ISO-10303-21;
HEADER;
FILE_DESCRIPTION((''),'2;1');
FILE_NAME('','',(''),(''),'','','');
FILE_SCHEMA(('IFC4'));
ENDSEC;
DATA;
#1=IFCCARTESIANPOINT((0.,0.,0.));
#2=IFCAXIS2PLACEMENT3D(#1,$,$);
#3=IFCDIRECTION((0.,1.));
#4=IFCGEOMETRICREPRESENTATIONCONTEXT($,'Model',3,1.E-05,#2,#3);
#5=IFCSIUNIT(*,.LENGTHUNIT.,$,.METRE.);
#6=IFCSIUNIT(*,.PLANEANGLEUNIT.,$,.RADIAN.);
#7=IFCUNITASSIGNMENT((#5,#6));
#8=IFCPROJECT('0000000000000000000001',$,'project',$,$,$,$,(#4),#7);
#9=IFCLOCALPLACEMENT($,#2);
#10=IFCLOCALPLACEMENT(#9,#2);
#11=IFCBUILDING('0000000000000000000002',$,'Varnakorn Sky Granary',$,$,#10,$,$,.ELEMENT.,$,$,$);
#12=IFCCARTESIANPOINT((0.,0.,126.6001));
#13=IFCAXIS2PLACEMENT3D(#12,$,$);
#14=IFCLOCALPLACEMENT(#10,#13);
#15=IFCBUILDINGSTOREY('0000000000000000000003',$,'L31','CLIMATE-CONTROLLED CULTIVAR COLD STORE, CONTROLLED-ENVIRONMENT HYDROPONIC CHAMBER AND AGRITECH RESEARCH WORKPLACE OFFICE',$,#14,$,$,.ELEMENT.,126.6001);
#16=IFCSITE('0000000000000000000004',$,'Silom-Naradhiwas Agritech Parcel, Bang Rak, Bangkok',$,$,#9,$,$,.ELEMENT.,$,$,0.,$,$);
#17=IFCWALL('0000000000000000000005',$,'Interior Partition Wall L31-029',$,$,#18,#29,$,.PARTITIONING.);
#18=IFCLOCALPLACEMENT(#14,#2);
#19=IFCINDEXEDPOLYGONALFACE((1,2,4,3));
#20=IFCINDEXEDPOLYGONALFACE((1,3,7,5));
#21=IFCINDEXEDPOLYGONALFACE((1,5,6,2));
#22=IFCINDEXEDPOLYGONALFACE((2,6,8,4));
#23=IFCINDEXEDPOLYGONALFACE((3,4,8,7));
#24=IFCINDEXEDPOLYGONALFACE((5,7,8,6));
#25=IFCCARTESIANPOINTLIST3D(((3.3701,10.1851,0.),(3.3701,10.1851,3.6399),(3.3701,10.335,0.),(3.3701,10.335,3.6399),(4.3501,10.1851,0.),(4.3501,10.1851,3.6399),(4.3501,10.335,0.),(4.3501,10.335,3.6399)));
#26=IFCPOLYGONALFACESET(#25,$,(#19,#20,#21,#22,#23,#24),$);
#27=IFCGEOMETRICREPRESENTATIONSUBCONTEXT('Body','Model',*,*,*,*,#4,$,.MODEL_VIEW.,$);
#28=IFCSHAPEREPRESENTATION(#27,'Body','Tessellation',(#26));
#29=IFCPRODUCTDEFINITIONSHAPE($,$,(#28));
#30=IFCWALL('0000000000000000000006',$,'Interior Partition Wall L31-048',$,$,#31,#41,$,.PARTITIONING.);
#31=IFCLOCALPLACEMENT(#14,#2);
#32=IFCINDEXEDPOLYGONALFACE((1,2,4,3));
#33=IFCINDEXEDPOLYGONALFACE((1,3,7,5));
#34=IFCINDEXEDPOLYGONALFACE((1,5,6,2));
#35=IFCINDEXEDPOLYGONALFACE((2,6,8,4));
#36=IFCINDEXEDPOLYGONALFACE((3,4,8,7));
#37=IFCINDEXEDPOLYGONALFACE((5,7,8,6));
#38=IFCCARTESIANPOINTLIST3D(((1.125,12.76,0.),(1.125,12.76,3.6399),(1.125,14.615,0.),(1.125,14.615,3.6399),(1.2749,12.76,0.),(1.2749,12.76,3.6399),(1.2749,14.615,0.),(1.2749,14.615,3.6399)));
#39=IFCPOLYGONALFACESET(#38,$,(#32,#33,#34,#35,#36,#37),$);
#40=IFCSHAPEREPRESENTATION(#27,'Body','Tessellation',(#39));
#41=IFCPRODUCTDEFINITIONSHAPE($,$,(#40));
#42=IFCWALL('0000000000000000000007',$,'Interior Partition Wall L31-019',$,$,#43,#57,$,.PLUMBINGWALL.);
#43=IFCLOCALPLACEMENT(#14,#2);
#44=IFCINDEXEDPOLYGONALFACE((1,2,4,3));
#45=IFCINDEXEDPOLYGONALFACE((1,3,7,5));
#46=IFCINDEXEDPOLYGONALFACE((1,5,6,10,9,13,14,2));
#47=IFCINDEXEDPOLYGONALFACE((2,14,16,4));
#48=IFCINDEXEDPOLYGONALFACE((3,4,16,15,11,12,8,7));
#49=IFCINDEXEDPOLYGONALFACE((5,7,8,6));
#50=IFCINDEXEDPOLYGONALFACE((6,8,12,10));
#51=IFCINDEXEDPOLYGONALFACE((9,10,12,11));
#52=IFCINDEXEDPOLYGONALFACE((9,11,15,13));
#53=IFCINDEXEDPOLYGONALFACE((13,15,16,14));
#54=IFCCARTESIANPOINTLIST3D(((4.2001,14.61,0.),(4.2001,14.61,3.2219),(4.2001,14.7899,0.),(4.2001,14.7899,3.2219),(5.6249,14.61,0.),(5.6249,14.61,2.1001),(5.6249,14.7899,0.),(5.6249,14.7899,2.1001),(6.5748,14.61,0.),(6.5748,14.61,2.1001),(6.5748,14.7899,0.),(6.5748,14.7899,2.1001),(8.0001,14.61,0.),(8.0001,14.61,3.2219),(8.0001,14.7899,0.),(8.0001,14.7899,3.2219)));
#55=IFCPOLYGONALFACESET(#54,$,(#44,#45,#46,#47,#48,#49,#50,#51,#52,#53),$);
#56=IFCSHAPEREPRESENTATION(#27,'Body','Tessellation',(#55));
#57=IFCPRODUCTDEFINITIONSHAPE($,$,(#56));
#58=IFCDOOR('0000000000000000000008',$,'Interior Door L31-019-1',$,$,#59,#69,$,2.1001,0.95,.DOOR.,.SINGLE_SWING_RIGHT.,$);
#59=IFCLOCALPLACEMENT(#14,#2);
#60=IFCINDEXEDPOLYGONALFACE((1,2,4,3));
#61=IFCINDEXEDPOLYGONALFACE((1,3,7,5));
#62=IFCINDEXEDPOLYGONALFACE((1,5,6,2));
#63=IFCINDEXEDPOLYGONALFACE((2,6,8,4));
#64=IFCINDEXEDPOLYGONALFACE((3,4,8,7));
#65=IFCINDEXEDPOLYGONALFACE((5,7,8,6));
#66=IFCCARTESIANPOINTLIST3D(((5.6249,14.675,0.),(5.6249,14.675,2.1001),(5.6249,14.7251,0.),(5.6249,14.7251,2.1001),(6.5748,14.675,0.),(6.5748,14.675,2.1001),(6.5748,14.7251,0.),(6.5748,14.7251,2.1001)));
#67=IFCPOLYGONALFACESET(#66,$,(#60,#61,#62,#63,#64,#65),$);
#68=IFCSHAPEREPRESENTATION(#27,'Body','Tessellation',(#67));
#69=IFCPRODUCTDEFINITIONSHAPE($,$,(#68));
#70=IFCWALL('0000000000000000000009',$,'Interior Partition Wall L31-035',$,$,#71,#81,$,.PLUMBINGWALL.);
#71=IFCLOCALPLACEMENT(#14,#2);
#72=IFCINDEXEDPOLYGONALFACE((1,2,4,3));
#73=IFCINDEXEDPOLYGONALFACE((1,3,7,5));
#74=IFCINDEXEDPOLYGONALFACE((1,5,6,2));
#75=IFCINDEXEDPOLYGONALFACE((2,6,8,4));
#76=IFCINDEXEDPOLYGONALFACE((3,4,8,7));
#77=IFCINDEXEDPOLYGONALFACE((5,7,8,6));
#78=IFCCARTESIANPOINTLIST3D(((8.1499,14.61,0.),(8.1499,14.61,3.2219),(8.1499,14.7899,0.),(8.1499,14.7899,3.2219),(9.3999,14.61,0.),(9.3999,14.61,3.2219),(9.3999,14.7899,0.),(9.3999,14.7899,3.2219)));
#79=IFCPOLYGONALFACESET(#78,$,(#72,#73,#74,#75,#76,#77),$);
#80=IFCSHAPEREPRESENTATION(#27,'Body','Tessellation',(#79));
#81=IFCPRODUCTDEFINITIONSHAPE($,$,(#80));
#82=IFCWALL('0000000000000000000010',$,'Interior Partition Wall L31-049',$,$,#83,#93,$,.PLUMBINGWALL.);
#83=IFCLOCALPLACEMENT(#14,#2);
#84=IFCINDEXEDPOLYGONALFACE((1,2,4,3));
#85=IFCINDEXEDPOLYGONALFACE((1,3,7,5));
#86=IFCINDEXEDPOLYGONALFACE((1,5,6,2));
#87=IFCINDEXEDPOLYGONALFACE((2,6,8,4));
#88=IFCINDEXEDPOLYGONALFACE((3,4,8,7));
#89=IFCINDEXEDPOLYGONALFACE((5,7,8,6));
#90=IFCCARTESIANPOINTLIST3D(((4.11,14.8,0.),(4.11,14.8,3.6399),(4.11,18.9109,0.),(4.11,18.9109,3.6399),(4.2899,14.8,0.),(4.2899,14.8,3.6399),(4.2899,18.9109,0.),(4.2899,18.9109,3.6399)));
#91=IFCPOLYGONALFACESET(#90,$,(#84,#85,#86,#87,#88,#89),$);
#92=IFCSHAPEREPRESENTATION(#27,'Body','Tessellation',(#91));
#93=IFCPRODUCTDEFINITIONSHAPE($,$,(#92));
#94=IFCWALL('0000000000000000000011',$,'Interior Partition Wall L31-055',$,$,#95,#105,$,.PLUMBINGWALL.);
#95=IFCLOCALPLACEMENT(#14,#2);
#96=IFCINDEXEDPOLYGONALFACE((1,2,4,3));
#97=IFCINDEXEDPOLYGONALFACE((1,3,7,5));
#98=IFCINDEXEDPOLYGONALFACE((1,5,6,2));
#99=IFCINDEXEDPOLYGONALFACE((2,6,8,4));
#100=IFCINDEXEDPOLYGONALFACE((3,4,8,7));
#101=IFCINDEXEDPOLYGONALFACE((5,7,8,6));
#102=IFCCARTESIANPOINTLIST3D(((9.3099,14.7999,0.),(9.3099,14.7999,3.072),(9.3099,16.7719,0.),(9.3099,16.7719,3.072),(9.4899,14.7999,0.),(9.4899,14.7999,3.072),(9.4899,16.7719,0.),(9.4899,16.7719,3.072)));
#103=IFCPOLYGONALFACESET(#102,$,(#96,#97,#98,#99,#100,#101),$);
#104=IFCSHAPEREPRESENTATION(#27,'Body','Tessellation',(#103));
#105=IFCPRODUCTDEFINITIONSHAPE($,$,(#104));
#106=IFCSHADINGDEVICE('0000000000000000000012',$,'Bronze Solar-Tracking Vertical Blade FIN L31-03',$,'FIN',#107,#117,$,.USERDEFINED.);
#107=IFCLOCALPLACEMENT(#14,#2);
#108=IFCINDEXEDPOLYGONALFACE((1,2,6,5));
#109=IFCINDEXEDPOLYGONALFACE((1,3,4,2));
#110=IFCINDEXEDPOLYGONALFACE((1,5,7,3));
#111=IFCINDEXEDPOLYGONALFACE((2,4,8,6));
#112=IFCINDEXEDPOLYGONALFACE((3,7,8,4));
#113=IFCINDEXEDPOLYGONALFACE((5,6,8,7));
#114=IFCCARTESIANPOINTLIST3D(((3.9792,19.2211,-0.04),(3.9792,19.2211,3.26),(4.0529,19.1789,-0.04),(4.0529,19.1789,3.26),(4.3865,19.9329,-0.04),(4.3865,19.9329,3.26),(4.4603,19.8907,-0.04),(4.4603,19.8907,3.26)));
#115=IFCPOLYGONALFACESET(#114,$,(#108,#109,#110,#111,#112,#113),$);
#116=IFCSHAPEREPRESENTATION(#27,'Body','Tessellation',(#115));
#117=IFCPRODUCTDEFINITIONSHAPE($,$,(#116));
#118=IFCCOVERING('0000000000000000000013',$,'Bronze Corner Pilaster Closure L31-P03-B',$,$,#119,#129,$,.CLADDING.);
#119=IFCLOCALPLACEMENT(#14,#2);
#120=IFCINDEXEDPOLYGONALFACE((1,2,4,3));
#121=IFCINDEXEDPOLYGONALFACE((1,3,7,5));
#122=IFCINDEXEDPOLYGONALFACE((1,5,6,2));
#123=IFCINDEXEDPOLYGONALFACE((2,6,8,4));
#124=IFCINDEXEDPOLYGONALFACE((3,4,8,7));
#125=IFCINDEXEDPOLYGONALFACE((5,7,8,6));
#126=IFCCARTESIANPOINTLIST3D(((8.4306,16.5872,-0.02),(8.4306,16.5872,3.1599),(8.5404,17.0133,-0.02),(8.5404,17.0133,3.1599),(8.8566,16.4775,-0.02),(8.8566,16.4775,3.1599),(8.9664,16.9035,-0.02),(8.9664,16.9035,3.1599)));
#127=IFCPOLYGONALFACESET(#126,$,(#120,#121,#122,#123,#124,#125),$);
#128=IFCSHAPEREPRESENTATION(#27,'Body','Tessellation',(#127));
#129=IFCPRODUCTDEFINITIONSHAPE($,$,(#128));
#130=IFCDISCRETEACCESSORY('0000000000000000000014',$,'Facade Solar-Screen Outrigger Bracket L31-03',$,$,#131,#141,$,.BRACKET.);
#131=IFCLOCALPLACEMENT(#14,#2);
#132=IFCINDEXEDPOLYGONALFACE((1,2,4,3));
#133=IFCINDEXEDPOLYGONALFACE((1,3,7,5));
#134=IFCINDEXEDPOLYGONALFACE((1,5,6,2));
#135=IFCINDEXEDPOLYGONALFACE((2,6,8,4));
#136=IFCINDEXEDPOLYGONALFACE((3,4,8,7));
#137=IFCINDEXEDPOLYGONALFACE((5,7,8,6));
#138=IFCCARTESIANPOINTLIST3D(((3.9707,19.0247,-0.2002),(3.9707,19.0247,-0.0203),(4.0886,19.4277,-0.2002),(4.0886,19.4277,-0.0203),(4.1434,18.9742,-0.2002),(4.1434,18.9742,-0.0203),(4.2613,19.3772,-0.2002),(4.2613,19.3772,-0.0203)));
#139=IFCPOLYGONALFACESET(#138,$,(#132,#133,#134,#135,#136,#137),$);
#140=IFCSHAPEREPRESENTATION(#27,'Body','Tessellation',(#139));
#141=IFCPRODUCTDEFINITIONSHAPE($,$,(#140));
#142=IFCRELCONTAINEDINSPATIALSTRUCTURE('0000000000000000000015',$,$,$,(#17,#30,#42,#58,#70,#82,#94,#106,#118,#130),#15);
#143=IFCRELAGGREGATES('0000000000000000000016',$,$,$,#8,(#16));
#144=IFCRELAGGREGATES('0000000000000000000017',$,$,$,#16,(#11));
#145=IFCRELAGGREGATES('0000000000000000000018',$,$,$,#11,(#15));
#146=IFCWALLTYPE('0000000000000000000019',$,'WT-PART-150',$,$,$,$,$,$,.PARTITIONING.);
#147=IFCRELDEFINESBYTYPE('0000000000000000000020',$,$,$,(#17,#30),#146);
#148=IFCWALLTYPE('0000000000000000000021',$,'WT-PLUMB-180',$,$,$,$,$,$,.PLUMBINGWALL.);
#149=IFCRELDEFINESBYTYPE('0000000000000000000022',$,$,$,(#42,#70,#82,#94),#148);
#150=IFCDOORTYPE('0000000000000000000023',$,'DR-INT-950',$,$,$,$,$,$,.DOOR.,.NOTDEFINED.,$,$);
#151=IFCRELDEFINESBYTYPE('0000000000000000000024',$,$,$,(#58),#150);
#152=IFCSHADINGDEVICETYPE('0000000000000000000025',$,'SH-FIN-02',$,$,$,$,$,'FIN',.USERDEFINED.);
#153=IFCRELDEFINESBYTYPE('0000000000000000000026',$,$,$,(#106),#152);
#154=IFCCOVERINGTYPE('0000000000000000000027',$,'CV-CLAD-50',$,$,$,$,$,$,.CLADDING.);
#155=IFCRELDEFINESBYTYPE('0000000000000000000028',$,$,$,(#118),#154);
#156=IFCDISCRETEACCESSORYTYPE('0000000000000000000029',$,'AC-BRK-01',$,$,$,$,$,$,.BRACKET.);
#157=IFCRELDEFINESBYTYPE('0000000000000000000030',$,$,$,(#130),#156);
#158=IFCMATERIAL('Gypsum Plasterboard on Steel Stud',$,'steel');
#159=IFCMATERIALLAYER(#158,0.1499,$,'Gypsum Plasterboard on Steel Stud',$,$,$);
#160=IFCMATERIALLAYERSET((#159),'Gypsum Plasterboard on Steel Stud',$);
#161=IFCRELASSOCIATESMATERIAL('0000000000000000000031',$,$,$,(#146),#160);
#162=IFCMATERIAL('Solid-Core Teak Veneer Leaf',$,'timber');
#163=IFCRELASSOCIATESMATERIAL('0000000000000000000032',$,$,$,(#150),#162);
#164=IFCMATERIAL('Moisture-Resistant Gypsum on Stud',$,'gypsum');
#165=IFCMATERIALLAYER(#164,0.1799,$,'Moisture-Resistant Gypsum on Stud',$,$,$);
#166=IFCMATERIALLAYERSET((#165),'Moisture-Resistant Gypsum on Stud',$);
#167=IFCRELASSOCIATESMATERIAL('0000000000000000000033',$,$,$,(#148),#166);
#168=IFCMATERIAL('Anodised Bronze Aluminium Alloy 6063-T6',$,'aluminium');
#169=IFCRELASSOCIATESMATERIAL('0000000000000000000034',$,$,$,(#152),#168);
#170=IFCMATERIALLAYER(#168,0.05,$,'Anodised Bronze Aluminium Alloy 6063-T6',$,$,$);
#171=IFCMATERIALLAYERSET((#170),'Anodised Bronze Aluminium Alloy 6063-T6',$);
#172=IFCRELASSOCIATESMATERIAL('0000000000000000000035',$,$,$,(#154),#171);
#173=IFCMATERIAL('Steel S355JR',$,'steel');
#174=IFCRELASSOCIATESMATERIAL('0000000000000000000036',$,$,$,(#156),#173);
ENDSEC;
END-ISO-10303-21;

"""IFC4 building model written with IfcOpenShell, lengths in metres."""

from ifc_helpers import new_model, si_unit, direction, frame, frame_2d, origin, origin_2d, place, context, subcontext, project, spatial, rectangle, extrude, source, transform, mapped, material, layer, layer_set, type_object, type_shapes, element, fill, save


model = new_model("IFC4")

# Units and contexts
model_context = context("Model", 3, precision=1e-05, world=origin(), true_north=direction((0.0, 1.0)))
body_context = subcontext(model_context, "Body", "Model", "MODEL_VIEW")
ifc_project = project(units=[si_unit("LENGTHUNIT", "METRE"), si_unit("PLANEANGLEUNIT", "RADIAN")], contexts=[model_context])

# Site, building, storey
site_placement = place(None, origin())
site = spatial("IfcSite", under=ifc_project, at=site_placement, Name="Silom-Naradhiwas Agritech Parcel, Bang Rak, Bangkok", CompositionType="ELEMENT", RefElevation=0.0)
building_placement = place(site_placement, origin())
building = spatial("IfcBuilding", under=site, at=building_placement, Name="Varnakorn Sky Granary", CompositionType="ELEMENT")
storey_placement = place(building_placement, frame((0.0, 0.0, 126.6001)))
storey = spatial("IfcBuildingStorey", under=building, at=storey_placement, Name="L31", Description="CLIMATE-CONTROLLED CULTIVAR COLD STORE, CONTROLLED-ENVIRONMENT HYDROPONIC CHAMBER AND AGRITECH RESEARCH WORKPLACE OFFICE", CompositionType="ELEMENT", Elevation=126.6001)

# Shared definitions
ifc_material_1 = material(Name="Steel S355JR", Category="steel")

# Shared definitions
ifc_material_2 = material(Name="Anodised Bronze Aluminium Alloy 6063-T6", Category="aluminium")

# Shared definitions
ifc_material_3 = material(Name="Gypsum Plasterboard on Steel Stud", Category="steel")
ifc_layer_1 = layer(ifc_material_3, 0.1499, Name="Gypsum Plasterboard on Steel Stud")
ifc_layer_set_1 = layer_set([ifc_layer_1], Name="Gypsum Plasterboard on Steel Stud")
wall_type_1 = type_object("IfcWallType", Name="WT-PART-150", PredefinedType="PARTITIONING", material=ifc_layer_set_1)
ifc_material_4 = material(Name="Solid-Core Teak Veneer Leaf", Category="timber")
door_type = type_object("IfcDoorType", Name="DR-INT-950", OperationType="NOTDEFINED", PredefinedType="DOOR", material=ifc_material_4)

# Walls
wall_1_placement = place(storey_placement, frame((3.3701, 10.26, 0.0), z_axis=(0.0, 0.0, 1.0), x_axis=(1.0, 0.0, 0.0)))
element("IfcWall", 1, at=wall_1_placement, inside=storey, type_object=wall_type_1, Name="Interior Partition Wall L31-029", PredefinedType="PARTITIONING", context=body_context, shape_type="SweptSolid", body=[
    extrude(rectangle(XDim=0.98, YDim=0.1499, at=frame_2d((0.49, 0.0))), origin(), (0.0, 0.0, 1.0), 3.6399),
])
wall_2_placement = place(storey_placement, frame((1.2, 14.615, 0.0), z_axis=(0.0, 0.0, 1.0), x_axis=(0.0, -1.0, 0.0)))
element("IfcWall", 2, at=wall_2_placement, inside=storey, type_object=wall_type_1, Name="Interior Partition Wall L31-048", PredefinedType="PARTITIONING", context=body_context, shape_type="SweptSolid", body=[
    extrude(rectangle(XDim=1.855, YDim=0.1499, at=frame_2d((0.9275, 0.0))), origin(), (0.0, 0.0, 1.0), 3.6399),
])

# Wall, opening, door
ifc_material_5 = material(Name="Moisture-Resistant Gypsum on Stud", Category="gypsum")
ifc_layer_2 = layer(ifc_material_5, 0.1799, Name="Moisture-Resistant Gypsum on Stud")
ifc_layer_set_2 = layer_set([ifc_layer_2], Name="Moisture-Resistant Gypsum on Stud")
wall_type_2 = type_object("IfcWallType", Name="WT-PLUMB-180", PredefinedType="PLUMBINGWALL", material=ifc_layer_set_2)
wall_3_placement = place(storey_placement, frame((8.0, 14.7, 0.0), z_axis=(0.0, 0.0, 1.0), x_axis=(-1.0, 0.0, 0.0)))
wall_3 = element("IfcWall", 3, at=wall_3_placement, inside=storey, type_object=wall_type_2, Name="Interior Partition Wall L31-019", PredefinedType="PLUMBINGWALL", context=body_context, shape_type="SweptSolid", body=[
    extrude(rectangle(XDim=3.8, YDim=0.1799, at=frame_2d((1.8999, 0.0))), origin(), (0.0, 0.0, 1.0), 3.2219),
])
opening_1_placement = place(wall_3_placement, frame((1.425, 0.0, 0.0)))
opening_1 = element("IfcOpeningElement", 4, at=opening_1_placement, cuts=wall_3, PredefinedType="OPENING", context=body_context, shape_type="SweptSolid", body=[
    extrude(rectangle(XDim=0.95, YDim=2.1001, at=frame_2d((0.4751, 1.05))), frame((0.0, 0.1001, 0.0), z_axis=(0.0, -1.0, 0.0), x_axis=(1.0, 0.0, 0.0)), (0.0, 0.0, 1.0), 0.2),
])
door_1_placement = place(opening_1_placement, origin())
door_1 = element("IfcDoor", 5, at=door_1_placement, inside=storey, type_object=door_type, Name="Interior Door L31-019-1", OperationType="SINGLE_SWING_RIGHT", OverallHeight=2.1001, OverallWidth=0.95, PredefinedType="DOOR", context=body_context, shape_type="SweptSolid", body=[
    extrude(rectangle(XDim=0.95, YDim=2.1001, at=frame_2d((0.4751, 1.05))), frame((0.0, 0.0249, 0.0), z_axis=(0.0, -1.0, 0.0), x_axis=(1.0, 0.0, 0.0)), (0.0, 0.0, 1.0), 0.05),
])
fill(opening_1, door_1)

# Walls
wall_4_placement = place(storey_placement, frame((9.3999, 14.7, 0.0), z_axis=(0.0, 0.0, 1.0), x_axis=(-1.0, 0.0, 0.0)))
element("IfcWall", 6, at=wall_4_placement, inside=storey, type_object=wall_type_2, Name="Interior Partition Wall L31-035", PredefinedType="PLUMBINGWALL", context=body_context, shape_type="SweptSolid", body=[
    extrude(rectangle(XDim=1.25, YDim=0.1799, at=frame_2d((0.625, 0.0))), origin(), (0.0, 0.0, 1.0), 3.2219),
])
wall_5_placement = place(storey_placement, frame((4.2, 18.9109, 0.0), z_axis=(0.0, 0.0, 1.0), x_axis=(0.0, -1.0, 0.0)))
element("IfcWall", 7, at=wall_5_placement, inside=storey, type_object=wall_type_2, Name="Interior Partition Wall L31-049", PredefinedType="PLUMBINGWALL", context=body_context, shape_type="SweptSolid", body=[
    extrude(rectangle(XDim=4.1108, YDim=0.1799, at=frame_2d((2.0554, 0.0))), origin(), (0.0, 0.0, 1.0), 3.6399),
])
wall_6_placement = place(storey_placement, frame((9.3999, 14.8, 0.0), z_axis=(0.0, 0.0, 1.0), x_axis=(0.0, 1.0, 0.0)))
element("IfcWall", 8, at=wall_6_placement, inside=storey, type_object=wall_type_2, Name="Interior Partition Wall L31-055", PredefinedType="PLUMBINGWALL", context=body_context, shape_type="SweptSolid", body=[
    extrude(rectangle(XDim=1.9719, YDim=0.1799, at=frame_2d((0.9858, 0.0))), origin(), (0.0, 0.0, 1.0), 3.072),
])

# Shading device
shading_device_type = type_object("IfcShadingDeviceType", Name="SH-FIN-02", ElementType="FIN", PredefinedType="USERDEFINED", material=ifc_material_2)
shared_shape_1 = source(origin(), body_context, "Body", "SweptSolid", [
    extrude(rectangle(XDim=0.085, YDim=0.8201, at=origin_2d()), origin(), (0.0, 0.0, 1.0), 3.3),
])
type_shapes(shading_device_type, [shared_shape_1])
shading_device_placement = place(storey_placement, frame((4.2197, 19.5559, -0.04), z_axis=(0.0, 0.0, 1.0), x_axis=(-0.867926, 0.496693, 0.0)))
element("IfcShadingDevice", 9, at=shading_device_placement, inside=storey, type_object=shading_device_type, Name="Bronze Solar-Tracking Vertical Blade FIN L31-03", ObjectType="FIN", PredefinedType="USERDEFINED", context=body_context, shape_type="MappedRepresentation", body=[
    mapped(shared_shape_1, transform((0.0, 0.0, 0.0), x_axis=(1.0, 0.0, 0.0), y_axis=(0.0, 1.0, 0.0), z_axis=(0.0, 0.0, 1.0), scale=1.0)),
])

# Covering
ifc_layer_3 = layer(ifc_material_2, 0.05, Name="Anodised Bronze Aluminium Alloy 6063-T6")
ifc_layer_set_3 = layer_set([ifc_layer_3], Name="Anodised Bronze Aluminium Alloy 6063-T6")
covering_type = type_object("IfcCoveringType", Name="CV-CLAD-50", PredefinedType="CLADDING", material=ifc_layer_set_3)
shared_shape_2 = source(origin(), body_context, "Body", "SweptSolid", [
    extrude(rectangle(XDim=0.4399, YDim=0.4399, at=origin_2d()), origin(), (0.0, 0.0, 1.0), 3.1799),
])
type_shapes(covering_type, [shared_shape_2])
covering_placement = place(storey_placement, frame((8.6985, 16.7454, -0.02), z_axis=(0.0, 0.0, 1.0), x_axis=(0.968366, -0.249535, 0.0)))
element("IfcCovering", 10, at=covering_placement, inside=storey, type_object=covering_type, Name="Bronze Corner Pilaster Closure L31-P03-B", PredefinedType="CLADDING", context=body_context, shape_type="MappedRepresentation", body=[
    mapped(shared_shape_2, transform((0.0, 0.0, 0.0), x_axis=(1.0, 0.0, 0.0), y_axis=(0.0, 1.0, 0.0), z_axis=(0.0, 0.0, 1.0), scale=1.0)),
])

# Discrete accessory
discrete_accessory_type = type_object("IfcDiscreteAccessoryType", Name="AC-BRK-01", PredefinedType="BRACKET", material=ifc_material_1)
shared_shape_3 = source(origin(), body_context, "Body", "SweptSolid", [
    extrude(rectangle(XDim=0.1799, YDim=0.4199, at=origin_2d()), origin(), (0.0, 0.0, 1.0), 0.1799),
])
type_shapes(discrete_accessory_type, [shared_shape_3])
discrete_accessory_placement = place(storey_placement, frame((4.116, 19.2009, -0.2002), z_axis=(0.0, 0.0, 1.0), x_axis=(-0.95979, 0.28072, 0.0)))
element("IfcDiscreteAccessory", 11, at=discrete_accessory_placement, inside=storey, type_object=discrete_accessory_type, Name="Facade Solar-Screen Outrigger Bracket L31-03", PredefinedType="BRACKET", context=body_context, shape_type="MappedRepresentation", body=[
    mapped(shared_shape_3, transform((0.0, 0.0, 0.0), x_axis=(1.0, 0.0, 0.0), y_axis=(0.0, 1.0, 0.0), z_axis=(0.0, 0.0, 1.0), scale=1.0)),
])

save(model, "model.ifc")
